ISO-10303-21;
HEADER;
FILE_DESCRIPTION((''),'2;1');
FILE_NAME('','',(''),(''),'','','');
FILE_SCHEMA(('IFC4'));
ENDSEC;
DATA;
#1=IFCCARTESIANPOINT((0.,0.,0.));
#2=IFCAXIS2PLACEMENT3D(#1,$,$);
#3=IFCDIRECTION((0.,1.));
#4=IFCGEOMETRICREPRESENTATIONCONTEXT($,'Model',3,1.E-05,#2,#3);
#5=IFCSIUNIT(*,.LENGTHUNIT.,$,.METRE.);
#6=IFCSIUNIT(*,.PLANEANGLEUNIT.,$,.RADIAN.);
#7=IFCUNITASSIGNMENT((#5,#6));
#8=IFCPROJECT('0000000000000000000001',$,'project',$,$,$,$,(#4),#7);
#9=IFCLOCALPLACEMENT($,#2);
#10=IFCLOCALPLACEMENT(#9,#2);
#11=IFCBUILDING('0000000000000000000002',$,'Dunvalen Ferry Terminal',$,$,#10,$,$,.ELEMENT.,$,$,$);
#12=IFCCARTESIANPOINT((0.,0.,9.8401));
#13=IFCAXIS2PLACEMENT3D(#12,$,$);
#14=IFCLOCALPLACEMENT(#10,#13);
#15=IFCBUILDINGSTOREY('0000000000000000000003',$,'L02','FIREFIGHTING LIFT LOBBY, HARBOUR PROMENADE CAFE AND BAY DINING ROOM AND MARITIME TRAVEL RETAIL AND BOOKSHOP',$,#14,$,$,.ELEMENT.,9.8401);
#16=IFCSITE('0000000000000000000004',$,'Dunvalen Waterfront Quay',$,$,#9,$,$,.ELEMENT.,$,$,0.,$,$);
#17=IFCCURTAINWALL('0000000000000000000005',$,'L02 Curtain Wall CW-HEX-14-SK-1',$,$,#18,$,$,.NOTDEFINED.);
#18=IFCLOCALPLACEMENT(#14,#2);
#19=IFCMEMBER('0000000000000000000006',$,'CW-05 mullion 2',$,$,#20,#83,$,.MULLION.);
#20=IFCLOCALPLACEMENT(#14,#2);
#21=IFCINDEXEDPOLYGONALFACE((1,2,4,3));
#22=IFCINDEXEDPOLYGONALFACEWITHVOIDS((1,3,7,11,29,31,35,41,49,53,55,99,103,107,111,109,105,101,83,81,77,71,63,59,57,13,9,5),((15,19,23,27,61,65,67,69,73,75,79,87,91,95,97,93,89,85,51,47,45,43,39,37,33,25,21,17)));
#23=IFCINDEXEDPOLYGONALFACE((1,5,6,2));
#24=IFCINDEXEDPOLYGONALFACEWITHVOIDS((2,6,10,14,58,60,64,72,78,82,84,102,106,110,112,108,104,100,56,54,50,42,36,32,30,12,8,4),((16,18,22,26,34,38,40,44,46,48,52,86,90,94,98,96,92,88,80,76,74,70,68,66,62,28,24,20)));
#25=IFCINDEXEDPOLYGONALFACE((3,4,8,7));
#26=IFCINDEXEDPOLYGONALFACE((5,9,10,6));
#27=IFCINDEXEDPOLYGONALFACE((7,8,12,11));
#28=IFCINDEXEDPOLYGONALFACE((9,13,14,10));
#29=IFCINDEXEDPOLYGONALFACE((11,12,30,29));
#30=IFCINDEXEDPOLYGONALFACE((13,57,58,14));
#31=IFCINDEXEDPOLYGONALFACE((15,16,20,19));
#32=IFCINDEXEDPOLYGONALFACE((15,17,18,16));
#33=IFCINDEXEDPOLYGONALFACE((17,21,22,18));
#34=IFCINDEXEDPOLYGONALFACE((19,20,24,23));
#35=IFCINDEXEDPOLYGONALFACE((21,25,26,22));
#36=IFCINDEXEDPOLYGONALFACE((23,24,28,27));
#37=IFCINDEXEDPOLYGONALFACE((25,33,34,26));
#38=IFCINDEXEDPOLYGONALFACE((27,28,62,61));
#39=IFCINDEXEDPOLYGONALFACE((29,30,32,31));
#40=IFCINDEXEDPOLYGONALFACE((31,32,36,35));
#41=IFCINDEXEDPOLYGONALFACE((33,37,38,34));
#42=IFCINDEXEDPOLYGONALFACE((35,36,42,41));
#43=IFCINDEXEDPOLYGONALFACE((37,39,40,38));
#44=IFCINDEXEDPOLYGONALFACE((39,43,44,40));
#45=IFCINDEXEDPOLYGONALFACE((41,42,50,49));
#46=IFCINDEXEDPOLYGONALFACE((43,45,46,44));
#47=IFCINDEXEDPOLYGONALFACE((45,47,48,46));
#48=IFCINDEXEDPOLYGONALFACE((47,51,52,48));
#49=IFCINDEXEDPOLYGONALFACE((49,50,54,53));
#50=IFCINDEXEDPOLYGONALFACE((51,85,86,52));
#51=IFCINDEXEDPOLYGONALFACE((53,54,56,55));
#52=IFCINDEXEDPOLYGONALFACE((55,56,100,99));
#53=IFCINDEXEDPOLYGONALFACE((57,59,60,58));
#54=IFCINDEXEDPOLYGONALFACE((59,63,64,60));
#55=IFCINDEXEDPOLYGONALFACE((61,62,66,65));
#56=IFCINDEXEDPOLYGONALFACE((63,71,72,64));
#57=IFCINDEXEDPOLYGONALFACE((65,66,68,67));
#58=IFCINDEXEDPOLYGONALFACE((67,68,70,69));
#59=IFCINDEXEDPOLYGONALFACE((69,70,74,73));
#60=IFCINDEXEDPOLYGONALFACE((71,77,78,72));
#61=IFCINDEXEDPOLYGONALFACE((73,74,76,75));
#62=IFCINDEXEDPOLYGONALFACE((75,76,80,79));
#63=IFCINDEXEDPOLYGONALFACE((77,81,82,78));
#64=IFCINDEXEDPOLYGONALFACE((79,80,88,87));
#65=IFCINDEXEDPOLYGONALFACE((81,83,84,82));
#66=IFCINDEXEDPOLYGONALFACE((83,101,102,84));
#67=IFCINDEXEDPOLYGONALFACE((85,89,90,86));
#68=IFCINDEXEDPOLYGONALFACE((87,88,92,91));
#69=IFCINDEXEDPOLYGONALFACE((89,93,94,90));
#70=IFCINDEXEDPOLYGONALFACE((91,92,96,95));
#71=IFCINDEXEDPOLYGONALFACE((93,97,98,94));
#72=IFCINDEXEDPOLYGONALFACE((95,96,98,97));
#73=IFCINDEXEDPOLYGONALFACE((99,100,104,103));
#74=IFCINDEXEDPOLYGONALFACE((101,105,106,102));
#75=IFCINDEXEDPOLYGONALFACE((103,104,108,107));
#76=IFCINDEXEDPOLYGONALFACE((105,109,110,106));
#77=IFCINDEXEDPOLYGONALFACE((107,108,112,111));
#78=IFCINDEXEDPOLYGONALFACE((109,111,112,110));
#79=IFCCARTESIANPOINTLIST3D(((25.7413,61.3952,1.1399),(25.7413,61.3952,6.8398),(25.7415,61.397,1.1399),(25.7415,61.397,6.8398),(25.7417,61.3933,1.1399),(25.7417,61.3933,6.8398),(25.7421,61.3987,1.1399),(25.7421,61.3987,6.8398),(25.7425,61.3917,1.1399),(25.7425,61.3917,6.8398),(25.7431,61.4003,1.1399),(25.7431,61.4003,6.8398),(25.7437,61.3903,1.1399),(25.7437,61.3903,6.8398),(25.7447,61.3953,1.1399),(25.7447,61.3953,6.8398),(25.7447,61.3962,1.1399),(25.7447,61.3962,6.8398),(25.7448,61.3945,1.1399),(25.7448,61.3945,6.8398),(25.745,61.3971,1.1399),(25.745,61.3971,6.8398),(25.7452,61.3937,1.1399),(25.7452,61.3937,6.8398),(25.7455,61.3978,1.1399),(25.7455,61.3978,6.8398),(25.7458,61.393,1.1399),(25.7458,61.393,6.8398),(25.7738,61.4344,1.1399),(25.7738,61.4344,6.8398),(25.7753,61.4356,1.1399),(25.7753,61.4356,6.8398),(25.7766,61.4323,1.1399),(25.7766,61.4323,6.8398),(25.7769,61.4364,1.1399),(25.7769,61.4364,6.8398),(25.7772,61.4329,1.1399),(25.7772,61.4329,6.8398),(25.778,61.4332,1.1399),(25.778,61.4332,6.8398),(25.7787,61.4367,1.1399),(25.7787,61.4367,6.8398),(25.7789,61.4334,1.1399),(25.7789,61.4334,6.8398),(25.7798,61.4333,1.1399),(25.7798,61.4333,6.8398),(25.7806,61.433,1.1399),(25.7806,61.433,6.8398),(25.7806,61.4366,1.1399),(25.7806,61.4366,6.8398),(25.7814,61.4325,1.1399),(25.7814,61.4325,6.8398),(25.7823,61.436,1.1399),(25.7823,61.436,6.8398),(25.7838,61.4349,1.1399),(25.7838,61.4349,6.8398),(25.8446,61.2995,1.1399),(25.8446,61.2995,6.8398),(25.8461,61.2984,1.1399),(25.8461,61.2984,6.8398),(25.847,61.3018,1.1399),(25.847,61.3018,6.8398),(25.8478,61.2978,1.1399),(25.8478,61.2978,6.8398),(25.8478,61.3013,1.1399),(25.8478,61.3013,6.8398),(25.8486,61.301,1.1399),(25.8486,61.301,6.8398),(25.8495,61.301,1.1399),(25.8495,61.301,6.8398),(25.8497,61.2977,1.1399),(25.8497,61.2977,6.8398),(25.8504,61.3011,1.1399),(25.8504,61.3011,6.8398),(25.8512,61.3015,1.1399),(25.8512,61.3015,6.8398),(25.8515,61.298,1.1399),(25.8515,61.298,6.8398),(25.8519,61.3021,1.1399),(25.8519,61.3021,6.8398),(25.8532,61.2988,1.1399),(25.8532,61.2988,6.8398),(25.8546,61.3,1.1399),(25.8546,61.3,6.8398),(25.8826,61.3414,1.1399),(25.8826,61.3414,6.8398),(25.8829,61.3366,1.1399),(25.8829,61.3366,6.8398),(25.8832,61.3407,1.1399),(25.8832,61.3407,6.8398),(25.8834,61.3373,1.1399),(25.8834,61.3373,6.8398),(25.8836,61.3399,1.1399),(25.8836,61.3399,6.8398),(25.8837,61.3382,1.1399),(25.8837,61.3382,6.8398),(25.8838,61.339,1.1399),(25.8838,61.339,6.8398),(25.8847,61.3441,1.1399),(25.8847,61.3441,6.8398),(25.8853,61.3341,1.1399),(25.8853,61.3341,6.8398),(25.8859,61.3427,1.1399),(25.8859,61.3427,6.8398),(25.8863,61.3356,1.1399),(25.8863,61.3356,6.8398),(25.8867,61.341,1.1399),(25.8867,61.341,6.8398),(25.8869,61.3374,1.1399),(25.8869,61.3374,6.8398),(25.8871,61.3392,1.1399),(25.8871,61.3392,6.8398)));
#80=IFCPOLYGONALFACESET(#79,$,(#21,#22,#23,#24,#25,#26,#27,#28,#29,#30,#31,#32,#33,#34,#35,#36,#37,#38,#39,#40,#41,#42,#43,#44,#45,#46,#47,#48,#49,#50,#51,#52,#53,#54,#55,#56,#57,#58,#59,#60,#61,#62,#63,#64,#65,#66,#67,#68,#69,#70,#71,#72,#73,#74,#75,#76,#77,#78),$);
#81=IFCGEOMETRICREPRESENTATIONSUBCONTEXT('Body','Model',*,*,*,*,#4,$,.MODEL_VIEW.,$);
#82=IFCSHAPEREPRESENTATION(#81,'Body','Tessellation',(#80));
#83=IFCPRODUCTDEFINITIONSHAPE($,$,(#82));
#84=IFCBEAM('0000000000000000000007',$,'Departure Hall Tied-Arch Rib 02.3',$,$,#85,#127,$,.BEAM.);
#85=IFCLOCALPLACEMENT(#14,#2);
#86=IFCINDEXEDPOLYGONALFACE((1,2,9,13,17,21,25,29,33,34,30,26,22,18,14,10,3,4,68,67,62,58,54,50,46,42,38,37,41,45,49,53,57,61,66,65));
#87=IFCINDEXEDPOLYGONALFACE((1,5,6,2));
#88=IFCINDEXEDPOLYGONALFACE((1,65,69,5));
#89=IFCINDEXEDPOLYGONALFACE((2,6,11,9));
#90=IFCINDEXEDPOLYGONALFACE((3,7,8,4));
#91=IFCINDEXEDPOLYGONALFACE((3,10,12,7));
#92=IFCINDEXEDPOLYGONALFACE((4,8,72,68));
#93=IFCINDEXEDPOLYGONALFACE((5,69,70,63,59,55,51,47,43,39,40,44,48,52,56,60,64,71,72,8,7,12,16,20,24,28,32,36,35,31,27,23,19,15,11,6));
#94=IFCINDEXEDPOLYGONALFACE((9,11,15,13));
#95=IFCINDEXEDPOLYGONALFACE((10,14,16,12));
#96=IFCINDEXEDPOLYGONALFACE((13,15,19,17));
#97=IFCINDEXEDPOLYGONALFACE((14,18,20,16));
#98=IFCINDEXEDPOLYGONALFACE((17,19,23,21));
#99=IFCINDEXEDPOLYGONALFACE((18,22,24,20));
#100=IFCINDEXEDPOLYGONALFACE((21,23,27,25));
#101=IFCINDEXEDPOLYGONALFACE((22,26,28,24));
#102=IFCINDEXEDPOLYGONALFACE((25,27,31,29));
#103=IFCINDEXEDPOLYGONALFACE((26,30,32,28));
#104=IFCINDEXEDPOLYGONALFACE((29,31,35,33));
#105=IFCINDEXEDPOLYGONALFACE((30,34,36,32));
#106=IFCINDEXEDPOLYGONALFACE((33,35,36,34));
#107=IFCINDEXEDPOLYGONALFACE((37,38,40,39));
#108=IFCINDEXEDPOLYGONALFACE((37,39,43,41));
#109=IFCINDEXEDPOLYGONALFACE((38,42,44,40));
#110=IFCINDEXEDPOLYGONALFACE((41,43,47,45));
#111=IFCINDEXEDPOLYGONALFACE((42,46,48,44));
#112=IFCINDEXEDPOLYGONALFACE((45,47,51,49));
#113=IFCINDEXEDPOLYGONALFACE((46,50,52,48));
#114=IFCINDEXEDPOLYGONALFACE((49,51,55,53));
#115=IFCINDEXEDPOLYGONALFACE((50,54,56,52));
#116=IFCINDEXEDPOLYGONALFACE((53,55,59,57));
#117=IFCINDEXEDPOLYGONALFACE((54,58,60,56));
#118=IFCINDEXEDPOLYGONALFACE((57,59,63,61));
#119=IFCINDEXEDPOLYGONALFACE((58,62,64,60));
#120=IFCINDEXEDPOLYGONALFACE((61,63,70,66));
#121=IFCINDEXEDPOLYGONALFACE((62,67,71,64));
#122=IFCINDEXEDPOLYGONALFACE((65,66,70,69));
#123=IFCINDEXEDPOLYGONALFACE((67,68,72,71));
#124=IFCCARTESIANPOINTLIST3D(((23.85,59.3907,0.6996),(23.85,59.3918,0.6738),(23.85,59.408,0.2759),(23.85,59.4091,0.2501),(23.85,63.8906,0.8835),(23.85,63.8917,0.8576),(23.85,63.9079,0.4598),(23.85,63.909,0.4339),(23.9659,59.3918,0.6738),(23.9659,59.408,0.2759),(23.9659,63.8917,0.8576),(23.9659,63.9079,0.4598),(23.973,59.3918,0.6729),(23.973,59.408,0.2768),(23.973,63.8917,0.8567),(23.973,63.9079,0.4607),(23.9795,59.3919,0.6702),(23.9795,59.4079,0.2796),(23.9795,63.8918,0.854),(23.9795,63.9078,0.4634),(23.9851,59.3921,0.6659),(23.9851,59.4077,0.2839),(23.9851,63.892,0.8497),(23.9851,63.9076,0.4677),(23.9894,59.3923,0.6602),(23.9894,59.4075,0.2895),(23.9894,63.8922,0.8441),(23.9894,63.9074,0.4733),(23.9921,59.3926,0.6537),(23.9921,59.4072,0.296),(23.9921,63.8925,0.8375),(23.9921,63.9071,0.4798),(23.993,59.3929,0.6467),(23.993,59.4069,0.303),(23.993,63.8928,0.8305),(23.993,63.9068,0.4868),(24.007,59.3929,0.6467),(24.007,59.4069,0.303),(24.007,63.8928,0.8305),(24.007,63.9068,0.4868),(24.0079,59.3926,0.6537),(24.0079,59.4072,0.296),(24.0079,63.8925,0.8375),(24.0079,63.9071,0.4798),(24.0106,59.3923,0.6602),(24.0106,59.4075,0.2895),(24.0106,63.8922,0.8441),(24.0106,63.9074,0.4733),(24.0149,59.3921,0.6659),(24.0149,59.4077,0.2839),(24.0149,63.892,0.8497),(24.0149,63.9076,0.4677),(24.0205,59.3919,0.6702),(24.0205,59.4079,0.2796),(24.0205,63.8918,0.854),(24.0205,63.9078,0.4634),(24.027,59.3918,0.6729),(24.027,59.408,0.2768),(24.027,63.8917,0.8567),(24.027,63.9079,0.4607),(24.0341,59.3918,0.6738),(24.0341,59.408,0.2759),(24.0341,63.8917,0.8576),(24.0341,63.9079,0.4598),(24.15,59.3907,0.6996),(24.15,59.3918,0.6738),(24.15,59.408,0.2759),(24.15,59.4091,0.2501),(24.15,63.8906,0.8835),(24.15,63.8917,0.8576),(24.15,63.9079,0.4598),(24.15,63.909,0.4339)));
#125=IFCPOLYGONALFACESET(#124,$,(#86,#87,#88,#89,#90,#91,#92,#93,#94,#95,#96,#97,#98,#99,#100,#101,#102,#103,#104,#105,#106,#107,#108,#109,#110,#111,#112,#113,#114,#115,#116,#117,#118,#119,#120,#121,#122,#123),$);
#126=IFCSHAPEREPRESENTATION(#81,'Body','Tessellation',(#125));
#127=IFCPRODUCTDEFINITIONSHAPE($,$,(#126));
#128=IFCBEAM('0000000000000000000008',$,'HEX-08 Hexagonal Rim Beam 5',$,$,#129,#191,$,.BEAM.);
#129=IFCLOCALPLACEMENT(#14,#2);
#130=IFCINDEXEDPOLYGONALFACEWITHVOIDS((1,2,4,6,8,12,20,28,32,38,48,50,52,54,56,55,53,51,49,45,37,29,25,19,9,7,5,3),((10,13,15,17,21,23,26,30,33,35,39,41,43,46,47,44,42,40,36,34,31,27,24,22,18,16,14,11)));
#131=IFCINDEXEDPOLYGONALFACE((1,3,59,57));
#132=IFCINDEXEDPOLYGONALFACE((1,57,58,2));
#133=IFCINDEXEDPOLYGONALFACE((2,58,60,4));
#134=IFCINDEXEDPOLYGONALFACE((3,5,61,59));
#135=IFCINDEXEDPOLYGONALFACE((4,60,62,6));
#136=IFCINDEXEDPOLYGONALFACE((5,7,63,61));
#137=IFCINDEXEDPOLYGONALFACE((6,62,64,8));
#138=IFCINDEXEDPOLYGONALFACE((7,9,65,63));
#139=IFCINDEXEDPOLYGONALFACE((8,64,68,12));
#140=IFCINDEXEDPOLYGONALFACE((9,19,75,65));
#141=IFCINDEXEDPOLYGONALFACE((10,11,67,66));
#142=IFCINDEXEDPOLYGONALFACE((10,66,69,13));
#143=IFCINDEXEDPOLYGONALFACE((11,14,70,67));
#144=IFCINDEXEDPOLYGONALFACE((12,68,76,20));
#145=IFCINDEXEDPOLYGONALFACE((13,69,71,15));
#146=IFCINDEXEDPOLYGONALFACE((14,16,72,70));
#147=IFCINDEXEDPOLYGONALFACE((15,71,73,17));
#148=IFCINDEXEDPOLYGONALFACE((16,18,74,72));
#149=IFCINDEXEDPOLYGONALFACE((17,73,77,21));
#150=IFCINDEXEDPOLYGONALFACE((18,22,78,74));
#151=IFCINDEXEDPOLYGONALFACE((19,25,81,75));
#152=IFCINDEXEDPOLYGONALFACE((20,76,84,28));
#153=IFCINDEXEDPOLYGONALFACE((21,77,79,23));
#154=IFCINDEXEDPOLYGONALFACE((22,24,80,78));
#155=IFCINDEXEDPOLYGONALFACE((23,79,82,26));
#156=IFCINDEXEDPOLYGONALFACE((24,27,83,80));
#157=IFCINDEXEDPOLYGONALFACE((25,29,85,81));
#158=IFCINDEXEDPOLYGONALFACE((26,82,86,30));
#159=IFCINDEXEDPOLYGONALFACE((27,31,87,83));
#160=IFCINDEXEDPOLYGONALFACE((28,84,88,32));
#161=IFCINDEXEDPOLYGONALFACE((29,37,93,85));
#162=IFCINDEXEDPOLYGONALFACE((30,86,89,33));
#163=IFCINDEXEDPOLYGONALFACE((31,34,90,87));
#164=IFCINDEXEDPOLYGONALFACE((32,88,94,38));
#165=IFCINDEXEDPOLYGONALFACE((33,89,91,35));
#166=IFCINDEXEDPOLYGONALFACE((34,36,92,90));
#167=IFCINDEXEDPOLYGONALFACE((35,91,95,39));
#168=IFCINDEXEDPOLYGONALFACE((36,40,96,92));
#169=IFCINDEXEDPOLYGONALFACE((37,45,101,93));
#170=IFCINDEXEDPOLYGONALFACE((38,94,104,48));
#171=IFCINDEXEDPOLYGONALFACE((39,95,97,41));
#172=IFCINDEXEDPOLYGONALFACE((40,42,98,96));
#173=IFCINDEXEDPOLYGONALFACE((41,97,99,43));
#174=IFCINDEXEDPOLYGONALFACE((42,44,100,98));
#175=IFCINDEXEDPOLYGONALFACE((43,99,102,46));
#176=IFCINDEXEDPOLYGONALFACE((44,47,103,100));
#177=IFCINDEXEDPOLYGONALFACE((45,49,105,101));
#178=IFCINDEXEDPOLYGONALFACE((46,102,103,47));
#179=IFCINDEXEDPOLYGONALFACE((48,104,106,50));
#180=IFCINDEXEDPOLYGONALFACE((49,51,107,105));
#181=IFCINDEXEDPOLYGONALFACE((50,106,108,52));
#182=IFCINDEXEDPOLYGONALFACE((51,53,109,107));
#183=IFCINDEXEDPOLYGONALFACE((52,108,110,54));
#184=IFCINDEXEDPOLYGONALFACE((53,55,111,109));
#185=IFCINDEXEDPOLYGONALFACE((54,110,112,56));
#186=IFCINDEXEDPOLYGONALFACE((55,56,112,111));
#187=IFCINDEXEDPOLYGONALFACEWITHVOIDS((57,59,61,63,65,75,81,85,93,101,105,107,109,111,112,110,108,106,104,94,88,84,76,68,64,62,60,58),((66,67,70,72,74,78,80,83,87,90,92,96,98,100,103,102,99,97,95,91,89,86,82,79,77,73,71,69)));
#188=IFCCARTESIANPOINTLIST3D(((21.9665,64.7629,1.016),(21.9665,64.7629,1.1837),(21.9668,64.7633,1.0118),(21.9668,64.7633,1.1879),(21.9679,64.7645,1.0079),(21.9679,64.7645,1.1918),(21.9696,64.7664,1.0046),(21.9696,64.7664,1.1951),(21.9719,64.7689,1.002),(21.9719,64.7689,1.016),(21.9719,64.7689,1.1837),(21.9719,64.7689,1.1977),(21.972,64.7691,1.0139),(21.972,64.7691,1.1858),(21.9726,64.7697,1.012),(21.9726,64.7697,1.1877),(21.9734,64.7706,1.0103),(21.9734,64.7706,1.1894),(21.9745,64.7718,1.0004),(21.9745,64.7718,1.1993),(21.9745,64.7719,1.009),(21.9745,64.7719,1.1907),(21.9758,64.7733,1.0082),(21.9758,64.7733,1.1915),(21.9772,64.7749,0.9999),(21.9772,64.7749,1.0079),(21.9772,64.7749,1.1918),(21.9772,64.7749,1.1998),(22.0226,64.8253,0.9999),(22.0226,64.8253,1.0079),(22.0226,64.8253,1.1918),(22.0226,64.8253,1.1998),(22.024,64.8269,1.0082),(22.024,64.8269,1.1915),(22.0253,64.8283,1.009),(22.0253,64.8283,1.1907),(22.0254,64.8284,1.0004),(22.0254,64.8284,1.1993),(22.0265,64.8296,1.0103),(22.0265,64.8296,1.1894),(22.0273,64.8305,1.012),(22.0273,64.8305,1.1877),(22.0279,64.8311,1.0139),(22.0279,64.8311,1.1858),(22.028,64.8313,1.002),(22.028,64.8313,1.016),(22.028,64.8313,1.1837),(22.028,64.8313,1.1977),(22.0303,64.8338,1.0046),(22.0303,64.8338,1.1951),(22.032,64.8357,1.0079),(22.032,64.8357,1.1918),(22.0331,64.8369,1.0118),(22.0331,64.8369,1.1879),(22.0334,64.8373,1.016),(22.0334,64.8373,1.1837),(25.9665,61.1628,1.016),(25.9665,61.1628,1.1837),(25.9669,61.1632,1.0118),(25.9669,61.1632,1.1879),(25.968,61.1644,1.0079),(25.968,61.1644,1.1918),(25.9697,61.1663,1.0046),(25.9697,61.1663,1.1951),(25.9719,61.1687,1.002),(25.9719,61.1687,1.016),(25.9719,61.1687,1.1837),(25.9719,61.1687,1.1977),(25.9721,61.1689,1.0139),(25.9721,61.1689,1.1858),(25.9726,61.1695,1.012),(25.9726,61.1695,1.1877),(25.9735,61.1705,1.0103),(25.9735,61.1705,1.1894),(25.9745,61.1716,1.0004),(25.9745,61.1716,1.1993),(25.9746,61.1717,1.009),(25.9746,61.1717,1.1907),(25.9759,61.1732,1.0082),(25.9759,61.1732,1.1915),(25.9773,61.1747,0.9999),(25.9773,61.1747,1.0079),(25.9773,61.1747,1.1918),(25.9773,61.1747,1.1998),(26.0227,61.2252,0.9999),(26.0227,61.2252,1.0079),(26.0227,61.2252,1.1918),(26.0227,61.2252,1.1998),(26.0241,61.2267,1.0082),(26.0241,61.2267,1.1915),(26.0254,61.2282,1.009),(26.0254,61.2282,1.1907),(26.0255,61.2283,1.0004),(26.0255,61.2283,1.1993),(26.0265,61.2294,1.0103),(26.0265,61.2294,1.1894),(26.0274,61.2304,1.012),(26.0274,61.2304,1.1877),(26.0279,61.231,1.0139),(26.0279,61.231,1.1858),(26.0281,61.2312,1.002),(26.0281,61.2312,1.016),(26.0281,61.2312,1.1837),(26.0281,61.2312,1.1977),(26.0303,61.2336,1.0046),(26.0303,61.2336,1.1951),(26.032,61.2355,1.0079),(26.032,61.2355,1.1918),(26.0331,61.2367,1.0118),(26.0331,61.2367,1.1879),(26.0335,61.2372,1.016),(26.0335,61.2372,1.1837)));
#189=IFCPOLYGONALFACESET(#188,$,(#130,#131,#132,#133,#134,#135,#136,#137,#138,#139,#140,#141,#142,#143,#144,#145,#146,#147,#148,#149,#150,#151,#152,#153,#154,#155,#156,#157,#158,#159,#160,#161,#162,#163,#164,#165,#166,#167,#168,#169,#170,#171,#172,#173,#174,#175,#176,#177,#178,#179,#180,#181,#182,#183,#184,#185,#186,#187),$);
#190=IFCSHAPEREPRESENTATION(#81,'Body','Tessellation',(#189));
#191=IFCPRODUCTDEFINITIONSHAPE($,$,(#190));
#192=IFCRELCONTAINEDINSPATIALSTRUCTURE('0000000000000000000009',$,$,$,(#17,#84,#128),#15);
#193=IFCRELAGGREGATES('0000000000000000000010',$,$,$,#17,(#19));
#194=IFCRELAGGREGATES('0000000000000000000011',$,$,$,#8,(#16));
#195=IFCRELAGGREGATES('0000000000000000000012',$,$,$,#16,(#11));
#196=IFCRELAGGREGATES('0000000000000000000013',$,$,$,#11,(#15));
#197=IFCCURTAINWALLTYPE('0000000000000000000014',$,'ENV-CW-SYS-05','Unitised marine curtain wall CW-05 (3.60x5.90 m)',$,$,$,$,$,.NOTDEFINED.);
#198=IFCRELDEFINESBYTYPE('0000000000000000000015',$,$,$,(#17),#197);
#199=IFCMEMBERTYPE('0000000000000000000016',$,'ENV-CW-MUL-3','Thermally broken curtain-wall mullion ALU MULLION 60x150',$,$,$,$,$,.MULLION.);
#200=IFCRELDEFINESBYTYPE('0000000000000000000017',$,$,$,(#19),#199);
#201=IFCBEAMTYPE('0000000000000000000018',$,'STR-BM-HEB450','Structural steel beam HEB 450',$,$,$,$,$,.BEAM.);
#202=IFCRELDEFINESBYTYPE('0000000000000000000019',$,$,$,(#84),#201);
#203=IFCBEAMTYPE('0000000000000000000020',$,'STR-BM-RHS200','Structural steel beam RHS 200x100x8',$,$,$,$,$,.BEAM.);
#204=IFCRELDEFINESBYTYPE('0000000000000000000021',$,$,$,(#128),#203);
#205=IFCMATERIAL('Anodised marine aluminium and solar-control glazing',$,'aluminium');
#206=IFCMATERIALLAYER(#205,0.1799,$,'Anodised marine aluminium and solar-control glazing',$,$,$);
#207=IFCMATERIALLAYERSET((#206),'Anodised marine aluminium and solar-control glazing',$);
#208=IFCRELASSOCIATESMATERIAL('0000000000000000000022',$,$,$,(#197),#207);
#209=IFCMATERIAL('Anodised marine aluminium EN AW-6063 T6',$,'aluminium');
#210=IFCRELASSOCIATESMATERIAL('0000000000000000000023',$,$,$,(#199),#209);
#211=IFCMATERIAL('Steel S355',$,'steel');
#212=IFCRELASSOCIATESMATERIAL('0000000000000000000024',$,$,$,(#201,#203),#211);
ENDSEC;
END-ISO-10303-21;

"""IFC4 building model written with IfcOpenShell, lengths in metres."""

from ifc_helpers import new_model, si_unit, direction, frame, origin, origin_2d, place, context, subcontext, project, spatial, hollow_rectangle, i_section, extrude, material, layer, layer_set, material_profile, profile_set, type_object, element, aggregate, save


model = new_model("IFC4")

# Units and contexts
model_context = context("Model", 3, precision=1e-05, world=origin(), true_north=direction((0.0, 1.0)))
body_context = subcontext(model_context, "Body", "Model", "MODEL_VIEW")
ifc_project = project(units=[si_unit("LENGTHUNIT", "METRE"), si_unit("PLANEANGLEUNIT", "RADIAN")], contexts=[model_context])

# Site, building, storey
site_placement = place(None, origin())
site = spatial("IfcSite", under=ifc_project, at=site_placement, Name="Dunvalen Waterfront Quay", CompositionType="ELEMENT", RefElevation=0.0)
building_placement = place(site_placement, origin())
building = spatial("IfcBuilding", under=site, at=building_placement, Name="Dunvalen Ferry Terminal", CompositionType="ELEMENT")
storey_placement = place(building_placement, frame((0.0, 0.0, 9.8401)))
storey = spatial("IfcBuildingStorey", under=building, at=storey_placement, Name="L02", Description="FIREFIGHTING LIFT LOBBY, HARBOUR PROMENADE CAFE AND BAY DINING ROOM AND MARITIME TRAVEL RETAIL AND BOOKSHOP", CompositionType="ELEMENT", Elevation=9.8401)

# Curtain wall, member
ifc_material_1 = material(Name="Anodised marine aluminium and solar-control glazing", Category="aluminium")
ifc_layer_1 = layer(ifc_material_1, 0.1799, Name="Anodised marine aluminium and solar-control glazing")
ifc_layer_set_1 = layer_set([ifc_layer_1], Name="Anodised marine aluminium and solar-control glazing")
curtain_wall_type = type_object("IfcCurtainWallType", Name="ENV-CW-SYS-05", Description="Unitised marine curtain wall CW-05 (3.60x5.90 m)", PredefinedType="NOTDEFINED", material=ifc_layer_set_1)
curtain_wall_placement = place(storey_placement, origin())
curtain_wall = element("IfcCurtainWall", 1, at=curtain_wall_placement, inside=storey, type_object=curtain_wall_type, Name="L02 Curtain Wall CW-HEX-14-SK-1", PredefinedType="NOTDEFINED")
ifc_material_2 = material(Name="Anodised marine aluminium EN AW-6063 T6", Category="aluminium")
ifc_material_profile_1 = material_profile(ifc_material_2, hollow_rectangle(XDim=0.0601, YDim=0.1499, WallThickness=0.0034, InnerFilletRadius=0.0034, OuterFilletRadius=0.0071, at=origin_2d()), Name="Anodised marine aluminium EN AW-6063 T6")
ifc_profile_set_1 = profile_set([ifc_material_profile_1], Name="Anodised marine aluminium EN AW-6063 T6")
member_type_1 = type_object("IfcMemberType", Name="ENV-CW-MUL-3", Description="Thermally broken curtain-wall mullion ALU MULLION 60x150", PredefinedType="MULLION", material=ifc_profile_set_1)
member_1_placement = place(storey_placement, frame((25.8142, 61.3672, 1.1399), z_axis=(0.0, 0.0, 1.0), x_axis=(0.668954, 0.743304, 0.0)))
member_1 = element("IfcMember", 2, at=member_1_placement, type_object=member_type_1, Name="CW-05 mullion 2", PredefinedType="MULLION", context=body_context, shape_type="SweptSolid", body=[
    extrude(hollow_rectangle(XDim=0.0601, YDim=0.1499, WallThickness=0.0034, InnerFilletRadius=0.0034, OuterFilletRadius=0.0071, at=origin_2d()), origin(), (0.0, 0.0, 1.0), 5.7),
])

# Beams
ifc_material_3 = material(Name="Steel S355", Category="steel")
ifc_material_profile_2 = material_profile(ifc_material_3, i_section(OverallWidth=0.3, OverallDepth=0.45, WebThickness=0.0139, FlangeThickness=0.0259, FilletRadius=0.0271, at=origin_2d()), Name="Steel S355")
ifc_profile_set_2 = profile_set([ifc_material_profile_2], Name="Steel S355")
beam_type_1 = type_object("IfcBeamType", Name="STR-BM-HEB450", Description="Structural steel beam HEB 450", PredefinedType="BEAM", material=ifc_profile_set_2)
beam_1_placement = place(storey_placement, frame((24.0, 59.3999, 0.4749), z_axis=(0.0, 0.999167, 0.040819), x_axis=(-1.0, 0.0, 0.0)))
element("IfcBeam", 3, at=beam_1_placement, inside=storey, type_object=beam_type_1, Name="Departure Hall Tied-Arch Rib 02.3", PredefinedType="BEAM", context=body_context, shape_type="SweptSolid", body=[
    extrude(i_section(OverallWidth=0.3, OverallDepth=0.45, WebThickness=0.0139, FlangeThickness=0.0259, FilletRadius=0.0271, at=origin_2d()), origin(), (0.0, 0.0, 1.0), 4.5037),
])
ifc_material_profile_3 = material_profile(ifc_material_3, hollow_rectangle(XDim=0.1001, YDim=0.2, WallThickness=0.0081, InnerFilletRadius=0.0081, OuterFilletRadius=0.0161, at=origin_2d()), Name="Steel S355")
ifc_profile_set_3 = profile_set([ifc_material_profile_3], Name="Steel S355")
beam_type_2 = type_object("IfcBeamType", Name="STR-BM-RHS200", Description="Structural steel beam RHS 200x100x8", PredefinedType="BEAM", material=ifc_profile_set_3)
beam_2_placement = place(storey_placement, frame((26.0, 61.2, 1.0999), z_axis=(-0.743285, 0.668975, 0.0), x_axis=(-0.668975, -0.743285, 0.0)))
element("IfcBeam", 4, at=beam_2_placement, inside=storey, type_object=beam_type_2, Name="HEX-08 Hexagonal Rim Beam 5", PredefinedType="BEAM", context=body_context, shape_type="SweptSolid", body=[
    extrude(hollow_rectangle(XDim=0.1001, YDim=0.2, WallThickness=0.0081, InnerFilletRadius=0.0081, OuterFilletRadius=0.0161, at=origin_2d()), origin(), (0.0, 0.0, 1.0), 5.3816),
])

aggregate(curtain_wall, [member_1])

save(model, "model.ifc")
